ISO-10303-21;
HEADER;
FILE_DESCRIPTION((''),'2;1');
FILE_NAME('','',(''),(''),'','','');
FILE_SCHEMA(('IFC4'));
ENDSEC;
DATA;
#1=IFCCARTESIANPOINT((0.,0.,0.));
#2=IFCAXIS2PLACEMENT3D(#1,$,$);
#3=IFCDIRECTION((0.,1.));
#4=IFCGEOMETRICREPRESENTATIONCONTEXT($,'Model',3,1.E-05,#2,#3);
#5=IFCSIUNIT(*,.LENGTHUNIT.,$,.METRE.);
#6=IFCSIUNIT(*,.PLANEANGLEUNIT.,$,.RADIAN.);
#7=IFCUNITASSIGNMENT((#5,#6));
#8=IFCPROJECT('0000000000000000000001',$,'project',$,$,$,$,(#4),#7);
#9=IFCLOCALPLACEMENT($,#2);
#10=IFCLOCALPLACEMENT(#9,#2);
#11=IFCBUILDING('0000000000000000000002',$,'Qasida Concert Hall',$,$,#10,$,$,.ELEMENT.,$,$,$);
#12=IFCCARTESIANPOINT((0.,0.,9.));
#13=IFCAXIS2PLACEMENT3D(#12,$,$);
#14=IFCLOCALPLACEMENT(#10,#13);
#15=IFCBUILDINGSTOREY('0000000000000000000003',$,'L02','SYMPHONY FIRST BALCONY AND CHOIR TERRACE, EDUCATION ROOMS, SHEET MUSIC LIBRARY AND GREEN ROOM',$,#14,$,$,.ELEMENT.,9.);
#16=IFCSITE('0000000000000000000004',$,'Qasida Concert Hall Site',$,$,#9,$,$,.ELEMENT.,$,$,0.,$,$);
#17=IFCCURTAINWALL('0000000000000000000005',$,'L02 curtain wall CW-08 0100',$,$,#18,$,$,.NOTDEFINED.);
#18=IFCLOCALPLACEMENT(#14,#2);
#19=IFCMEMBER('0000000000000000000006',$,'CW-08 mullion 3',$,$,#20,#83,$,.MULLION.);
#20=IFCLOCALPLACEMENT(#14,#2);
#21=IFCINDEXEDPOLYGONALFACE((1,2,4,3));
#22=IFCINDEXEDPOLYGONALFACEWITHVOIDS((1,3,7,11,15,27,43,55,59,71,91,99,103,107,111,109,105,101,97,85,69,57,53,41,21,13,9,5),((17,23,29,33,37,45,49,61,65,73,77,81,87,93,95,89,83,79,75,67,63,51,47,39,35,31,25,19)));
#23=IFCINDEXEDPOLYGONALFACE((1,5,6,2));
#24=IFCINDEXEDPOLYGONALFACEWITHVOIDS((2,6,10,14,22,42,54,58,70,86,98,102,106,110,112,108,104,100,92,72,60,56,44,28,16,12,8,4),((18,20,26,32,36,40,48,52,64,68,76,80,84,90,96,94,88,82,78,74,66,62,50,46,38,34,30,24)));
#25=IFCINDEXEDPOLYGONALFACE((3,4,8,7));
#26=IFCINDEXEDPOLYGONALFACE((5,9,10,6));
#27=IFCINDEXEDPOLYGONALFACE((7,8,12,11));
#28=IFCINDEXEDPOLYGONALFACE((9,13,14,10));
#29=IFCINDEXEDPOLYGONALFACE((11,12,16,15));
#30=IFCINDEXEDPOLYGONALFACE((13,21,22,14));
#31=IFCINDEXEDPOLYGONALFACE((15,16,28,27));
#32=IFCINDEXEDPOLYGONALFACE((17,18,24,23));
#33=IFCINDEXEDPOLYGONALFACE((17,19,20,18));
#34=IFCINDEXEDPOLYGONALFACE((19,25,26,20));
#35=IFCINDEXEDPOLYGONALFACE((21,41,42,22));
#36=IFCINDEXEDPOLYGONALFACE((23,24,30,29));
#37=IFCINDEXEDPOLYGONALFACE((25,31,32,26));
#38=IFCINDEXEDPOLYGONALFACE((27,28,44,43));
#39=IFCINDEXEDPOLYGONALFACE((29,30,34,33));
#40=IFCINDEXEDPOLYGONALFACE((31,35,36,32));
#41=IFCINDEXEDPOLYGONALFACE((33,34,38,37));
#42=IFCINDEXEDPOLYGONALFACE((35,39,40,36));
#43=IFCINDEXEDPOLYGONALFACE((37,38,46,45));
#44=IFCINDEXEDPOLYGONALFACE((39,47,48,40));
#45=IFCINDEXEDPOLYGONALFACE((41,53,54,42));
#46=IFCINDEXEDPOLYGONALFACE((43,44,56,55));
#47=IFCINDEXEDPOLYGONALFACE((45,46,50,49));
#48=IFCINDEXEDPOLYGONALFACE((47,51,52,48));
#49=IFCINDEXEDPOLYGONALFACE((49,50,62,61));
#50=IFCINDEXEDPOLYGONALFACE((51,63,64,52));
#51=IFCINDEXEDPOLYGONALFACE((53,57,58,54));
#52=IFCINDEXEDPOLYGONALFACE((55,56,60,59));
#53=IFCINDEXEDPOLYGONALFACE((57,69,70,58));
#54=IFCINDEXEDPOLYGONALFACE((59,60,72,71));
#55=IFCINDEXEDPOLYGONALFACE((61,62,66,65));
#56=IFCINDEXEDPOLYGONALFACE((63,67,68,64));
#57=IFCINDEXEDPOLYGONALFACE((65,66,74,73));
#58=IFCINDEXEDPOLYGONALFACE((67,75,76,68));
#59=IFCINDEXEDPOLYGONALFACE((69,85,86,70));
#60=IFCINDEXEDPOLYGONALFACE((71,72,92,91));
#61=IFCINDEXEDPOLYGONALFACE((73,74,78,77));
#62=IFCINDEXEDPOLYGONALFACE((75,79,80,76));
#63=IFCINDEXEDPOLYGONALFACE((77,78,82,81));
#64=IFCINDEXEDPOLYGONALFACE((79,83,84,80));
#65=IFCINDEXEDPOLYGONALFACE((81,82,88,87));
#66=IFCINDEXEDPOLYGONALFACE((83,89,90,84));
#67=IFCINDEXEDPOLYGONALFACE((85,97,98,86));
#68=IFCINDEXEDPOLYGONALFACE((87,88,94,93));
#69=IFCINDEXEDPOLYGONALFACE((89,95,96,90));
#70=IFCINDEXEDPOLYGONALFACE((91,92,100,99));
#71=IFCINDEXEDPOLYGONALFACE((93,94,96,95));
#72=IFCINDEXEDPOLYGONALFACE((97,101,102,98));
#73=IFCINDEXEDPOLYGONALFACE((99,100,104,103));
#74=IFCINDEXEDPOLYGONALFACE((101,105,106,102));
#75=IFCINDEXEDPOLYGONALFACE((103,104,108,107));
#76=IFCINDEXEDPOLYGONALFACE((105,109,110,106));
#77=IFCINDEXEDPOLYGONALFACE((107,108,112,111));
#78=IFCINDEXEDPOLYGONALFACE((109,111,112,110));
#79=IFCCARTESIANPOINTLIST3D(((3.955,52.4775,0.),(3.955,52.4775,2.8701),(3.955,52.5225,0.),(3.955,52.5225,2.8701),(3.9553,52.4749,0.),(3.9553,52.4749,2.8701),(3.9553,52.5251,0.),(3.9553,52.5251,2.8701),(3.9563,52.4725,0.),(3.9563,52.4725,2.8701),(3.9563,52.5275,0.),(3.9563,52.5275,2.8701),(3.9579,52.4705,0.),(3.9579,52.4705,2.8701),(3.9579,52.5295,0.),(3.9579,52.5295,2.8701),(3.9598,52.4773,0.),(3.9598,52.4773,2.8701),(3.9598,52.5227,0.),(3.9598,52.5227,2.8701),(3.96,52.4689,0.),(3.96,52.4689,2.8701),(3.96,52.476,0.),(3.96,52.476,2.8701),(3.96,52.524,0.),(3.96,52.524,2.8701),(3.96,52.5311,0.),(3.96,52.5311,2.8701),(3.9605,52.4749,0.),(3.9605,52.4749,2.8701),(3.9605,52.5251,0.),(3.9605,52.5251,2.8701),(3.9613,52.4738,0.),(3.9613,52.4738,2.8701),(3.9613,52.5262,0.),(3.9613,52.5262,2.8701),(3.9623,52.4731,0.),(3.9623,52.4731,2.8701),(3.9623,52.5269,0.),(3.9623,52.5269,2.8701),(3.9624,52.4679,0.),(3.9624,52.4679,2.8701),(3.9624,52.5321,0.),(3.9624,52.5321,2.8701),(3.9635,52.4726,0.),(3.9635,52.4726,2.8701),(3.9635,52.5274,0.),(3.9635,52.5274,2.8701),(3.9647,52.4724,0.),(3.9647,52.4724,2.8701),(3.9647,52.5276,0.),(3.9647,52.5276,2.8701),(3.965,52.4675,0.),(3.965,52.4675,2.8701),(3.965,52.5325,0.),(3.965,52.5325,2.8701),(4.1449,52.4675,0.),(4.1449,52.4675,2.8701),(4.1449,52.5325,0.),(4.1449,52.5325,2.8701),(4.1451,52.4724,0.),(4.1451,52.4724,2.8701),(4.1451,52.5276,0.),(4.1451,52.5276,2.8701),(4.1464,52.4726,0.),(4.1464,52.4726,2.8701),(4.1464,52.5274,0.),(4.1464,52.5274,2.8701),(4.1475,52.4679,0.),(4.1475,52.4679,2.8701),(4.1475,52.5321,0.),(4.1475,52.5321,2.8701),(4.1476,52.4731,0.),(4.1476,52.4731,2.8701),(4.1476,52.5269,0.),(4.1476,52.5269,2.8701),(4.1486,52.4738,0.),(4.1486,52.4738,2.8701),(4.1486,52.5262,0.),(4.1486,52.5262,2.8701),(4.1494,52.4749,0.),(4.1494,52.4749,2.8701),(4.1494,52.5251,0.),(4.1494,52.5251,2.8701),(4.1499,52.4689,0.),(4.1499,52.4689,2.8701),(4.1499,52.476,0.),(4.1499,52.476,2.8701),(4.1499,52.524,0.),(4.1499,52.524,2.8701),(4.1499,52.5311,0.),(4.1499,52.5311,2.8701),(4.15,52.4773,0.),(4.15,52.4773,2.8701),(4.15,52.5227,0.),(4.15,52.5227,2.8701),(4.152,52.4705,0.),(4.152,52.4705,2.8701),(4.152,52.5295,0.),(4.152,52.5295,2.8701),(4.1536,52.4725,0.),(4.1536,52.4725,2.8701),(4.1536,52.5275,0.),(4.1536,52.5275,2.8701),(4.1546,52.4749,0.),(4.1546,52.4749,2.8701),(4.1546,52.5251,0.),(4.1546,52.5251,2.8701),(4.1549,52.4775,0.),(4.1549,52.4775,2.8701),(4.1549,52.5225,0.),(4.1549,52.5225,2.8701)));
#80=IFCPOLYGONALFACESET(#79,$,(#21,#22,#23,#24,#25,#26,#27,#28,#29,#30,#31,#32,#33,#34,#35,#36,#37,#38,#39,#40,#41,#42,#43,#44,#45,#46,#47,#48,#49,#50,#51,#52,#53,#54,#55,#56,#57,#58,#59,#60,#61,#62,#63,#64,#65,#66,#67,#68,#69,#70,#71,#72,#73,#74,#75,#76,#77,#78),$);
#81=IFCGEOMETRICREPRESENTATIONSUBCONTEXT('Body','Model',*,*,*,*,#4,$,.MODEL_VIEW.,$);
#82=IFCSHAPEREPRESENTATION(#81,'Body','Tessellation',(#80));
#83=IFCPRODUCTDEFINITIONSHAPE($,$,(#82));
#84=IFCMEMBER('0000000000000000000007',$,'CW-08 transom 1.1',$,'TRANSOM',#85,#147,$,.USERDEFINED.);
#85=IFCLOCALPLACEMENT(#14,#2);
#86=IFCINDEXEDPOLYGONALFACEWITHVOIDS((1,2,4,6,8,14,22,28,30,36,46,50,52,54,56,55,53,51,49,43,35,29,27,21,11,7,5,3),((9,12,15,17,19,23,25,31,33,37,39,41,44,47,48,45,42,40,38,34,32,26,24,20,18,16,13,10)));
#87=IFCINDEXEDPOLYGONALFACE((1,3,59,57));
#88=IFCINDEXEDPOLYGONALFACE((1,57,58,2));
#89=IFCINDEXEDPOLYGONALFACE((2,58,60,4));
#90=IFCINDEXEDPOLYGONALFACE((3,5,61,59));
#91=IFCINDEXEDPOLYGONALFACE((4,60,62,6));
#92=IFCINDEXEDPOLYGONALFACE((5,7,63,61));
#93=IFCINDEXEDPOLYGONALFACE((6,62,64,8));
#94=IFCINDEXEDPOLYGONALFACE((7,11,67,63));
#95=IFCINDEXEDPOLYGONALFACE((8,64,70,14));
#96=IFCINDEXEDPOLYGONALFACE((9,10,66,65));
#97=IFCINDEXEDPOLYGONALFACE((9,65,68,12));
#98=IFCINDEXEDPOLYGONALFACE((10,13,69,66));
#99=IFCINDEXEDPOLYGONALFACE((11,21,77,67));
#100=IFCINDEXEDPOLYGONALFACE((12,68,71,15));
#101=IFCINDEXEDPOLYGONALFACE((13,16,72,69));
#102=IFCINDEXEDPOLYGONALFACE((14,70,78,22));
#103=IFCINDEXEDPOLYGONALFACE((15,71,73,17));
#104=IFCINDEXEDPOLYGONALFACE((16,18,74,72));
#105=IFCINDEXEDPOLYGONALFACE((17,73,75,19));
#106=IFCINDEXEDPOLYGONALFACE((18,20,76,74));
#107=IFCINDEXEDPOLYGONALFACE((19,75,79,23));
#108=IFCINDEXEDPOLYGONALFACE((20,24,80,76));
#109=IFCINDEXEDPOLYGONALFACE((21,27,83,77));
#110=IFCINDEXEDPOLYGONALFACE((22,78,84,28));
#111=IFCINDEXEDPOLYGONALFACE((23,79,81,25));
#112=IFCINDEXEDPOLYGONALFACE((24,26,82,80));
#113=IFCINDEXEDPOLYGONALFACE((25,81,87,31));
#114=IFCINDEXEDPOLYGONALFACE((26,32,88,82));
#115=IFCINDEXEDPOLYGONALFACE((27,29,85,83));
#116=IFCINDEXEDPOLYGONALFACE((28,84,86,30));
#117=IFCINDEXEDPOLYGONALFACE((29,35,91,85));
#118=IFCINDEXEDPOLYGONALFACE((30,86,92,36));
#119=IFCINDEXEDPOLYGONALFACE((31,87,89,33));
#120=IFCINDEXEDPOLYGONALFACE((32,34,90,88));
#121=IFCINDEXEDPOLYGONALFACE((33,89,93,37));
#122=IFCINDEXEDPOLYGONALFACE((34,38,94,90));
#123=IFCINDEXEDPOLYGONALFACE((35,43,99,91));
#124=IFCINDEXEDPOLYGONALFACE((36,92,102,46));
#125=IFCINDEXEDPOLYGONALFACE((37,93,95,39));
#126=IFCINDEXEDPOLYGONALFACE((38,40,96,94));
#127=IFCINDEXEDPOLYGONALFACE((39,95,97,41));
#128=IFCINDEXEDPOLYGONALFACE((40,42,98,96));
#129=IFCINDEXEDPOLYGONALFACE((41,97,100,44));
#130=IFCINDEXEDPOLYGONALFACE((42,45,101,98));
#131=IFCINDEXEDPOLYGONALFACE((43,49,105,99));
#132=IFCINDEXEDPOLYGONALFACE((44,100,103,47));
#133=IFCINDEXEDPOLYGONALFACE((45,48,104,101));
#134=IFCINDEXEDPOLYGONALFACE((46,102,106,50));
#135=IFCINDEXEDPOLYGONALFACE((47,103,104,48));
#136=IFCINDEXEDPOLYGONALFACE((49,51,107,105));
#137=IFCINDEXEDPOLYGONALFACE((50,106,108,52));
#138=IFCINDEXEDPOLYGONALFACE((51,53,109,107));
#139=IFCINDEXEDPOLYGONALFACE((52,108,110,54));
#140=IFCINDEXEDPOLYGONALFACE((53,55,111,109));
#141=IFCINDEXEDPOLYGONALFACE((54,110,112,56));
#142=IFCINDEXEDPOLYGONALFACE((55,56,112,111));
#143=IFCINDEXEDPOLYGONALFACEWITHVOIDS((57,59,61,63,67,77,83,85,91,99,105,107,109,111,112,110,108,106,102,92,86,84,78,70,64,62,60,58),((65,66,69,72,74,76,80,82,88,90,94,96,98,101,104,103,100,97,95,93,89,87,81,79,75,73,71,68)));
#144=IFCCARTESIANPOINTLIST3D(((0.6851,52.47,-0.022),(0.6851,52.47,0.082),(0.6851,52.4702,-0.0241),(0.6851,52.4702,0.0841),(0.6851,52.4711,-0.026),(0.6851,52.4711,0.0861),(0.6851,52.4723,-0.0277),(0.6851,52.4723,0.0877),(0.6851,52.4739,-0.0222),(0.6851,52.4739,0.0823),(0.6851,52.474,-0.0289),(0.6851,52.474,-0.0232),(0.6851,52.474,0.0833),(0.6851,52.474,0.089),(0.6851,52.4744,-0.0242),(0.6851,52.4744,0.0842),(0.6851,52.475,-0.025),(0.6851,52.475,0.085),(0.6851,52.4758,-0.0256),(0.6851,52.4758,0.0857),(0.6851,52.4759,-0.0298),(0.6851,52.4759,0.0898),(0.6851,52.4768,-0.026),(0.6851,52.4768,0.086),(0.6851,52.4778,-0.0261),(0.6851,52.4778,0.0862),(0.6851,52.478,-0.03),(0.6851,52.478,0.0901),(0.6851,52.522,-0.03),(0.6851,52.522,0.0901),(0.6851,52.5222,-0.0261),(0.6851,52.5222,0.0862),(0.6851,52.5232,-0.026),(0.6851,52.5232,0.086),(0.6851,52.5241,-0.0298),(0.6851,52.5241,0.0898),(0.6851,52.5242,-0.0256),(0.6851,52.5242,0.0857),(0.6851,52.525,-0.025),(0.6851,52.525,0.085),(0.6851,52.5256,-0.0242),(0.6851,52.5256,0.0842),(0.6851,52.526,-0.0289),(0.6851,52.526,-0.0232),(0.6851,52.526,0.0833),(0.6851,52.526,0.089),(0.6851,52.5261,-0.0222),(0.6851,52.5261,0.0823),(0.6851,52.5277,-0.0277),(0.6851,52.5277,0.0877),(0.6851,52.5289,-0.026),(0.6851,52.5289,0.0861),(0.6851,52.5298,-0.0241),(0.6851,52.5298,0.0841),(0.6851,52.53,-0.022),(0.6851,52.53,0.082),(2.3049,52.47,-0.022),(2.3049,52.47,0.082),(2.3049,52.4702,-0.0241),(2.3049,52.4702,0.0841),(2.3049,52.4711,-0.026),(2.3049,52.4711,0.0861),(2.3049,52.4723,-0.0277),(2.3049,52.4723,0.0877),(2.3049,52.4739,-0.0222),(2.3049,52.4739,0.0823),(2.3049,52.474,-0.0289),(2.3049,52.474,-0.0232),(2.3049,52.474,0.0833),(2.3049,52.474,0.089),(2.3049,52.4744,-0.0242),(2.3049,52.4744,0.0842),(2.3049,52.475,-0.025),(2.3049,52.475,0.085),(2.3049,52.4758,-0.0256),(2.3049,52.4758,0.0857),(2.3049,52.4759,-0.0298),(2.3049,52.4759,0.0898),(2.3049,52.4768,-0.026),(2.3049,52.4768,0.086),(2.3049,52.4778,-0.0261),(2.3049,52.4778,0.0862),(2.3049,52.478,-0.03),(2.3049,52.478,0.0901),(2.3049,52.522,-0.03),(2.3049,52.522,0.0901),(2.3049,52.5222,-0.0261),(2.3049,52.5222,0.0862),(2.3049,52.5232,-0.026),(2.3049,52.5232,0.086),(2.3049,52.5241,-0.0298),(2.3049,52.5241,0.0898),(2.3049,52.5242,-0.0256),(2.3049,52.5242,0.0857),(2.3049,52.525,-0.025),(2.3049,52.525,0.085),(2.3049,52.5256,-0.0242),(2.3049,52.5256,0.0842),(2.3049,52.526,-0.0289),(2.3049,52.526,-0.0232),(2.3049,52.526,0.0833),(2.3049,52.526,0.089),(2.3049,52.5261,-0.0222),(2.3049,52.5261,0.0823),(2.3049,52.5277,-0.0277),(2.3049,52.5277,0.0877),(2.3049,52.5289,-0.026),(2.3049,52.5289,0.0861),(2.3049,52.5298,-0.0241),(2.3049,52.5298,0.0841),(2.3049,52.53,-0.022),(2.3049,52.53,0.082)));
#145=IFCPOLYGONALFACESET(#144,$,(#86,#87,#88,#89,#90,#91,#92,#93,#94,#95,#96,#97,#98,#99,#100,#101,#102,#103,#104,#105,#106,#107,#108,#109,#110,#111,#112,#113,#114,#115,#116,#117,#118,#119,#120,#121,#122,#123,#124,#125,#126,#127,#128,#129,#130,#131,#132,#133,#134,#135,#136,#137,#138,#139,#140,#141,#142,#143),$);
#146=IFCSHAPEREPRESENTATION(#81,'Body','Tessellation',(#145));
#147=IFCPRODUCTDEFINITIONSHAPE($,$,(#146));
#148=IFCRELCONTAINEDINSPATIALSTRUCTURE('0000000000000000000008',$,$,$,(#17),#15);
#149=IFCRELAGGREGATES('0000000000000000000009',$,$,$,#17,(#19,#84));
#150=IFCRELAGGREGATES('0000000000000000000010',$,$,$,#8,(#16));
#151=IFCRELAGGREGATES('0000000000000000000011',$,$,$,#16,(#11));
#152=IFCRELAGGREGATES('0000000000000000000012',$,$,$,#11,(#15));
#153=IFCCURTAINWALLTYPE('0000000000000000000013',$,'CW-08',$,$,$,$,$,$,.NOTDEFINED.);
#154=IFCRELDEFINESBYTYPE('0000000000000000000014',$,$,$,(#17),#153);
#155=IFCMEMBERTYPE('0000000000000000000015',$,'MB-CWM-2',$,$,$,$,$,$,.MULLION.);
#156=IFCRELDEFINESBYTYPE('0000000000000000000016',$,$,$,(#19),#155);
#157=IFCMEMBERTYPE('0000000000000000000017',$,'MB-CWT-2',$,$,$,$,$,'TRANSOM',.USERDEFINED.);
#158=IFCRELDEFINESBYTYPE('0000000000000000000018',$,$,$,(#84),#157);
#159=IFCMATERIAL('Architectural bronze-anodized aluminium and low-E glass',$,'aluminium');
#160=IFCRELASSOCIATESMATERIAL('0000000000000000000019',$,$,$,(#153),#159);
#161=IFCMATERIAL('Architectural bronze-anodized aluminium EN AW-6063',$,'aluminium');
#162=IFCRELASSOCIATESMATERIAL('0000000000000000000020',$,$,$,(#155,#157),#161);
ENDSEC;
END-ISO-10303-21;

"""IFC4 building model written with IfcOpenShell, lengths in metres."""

from ifc_helpers import new_model, si_unit, direction, frame, origin, origin_2d, place, context, subcontext, project, spatial, hollow_rectangle, extrude, material, material_profile, profile_set, type_object, element, aggregate, save


model = new_model("IFC4")

# Units and contexts
model_context = context("Model", 3, precision=1e-05, world=origin(), true_north=direction((0.0, 1.0)))
body_context = subcontext(model_context, "Body", "Model", "MODEL_VIEW")
ifc_project = project(units=[si_unit("LENGTHUNIT", "METRE"), si_unit("PLANEANGLEUNIT", "RADIAN")], contexts=[model_context])

# Site, building, storey
site_placement = place(None, origin())
site = spatial("IfcSite", under=ifc_project, at=site_placement, Name="Qasida Concert Hall Site", CompositionType="ELEMENT", RefElevation=0.0)
building_placement = place(site_placement, origin())
building = spatial("IfcBuilding", under=site, at=building_placement, Name="Qasida Concert Hall", CompositionType="ELEMENT")
storey_placement = place(building_placement, frame((0.0, 0.0, 9.0)))
storey = spatial("IfcBuildingStorey", under=building, at=storey_placement, Name="L02", Description="SYMPHONY FIRST BALCONY AND CHOIR TERRACE, EDUCATION ROOMS, SHEET MUSIC LIBRARY AND GREEN ROOM", CompositionType="ELEMENT", Elevation=9.0)

# Curtain wall, members
ifc_material_1 = material(Name="Architectural bronze-anodized aluminium and low-E glass", Category="aluminium")
curtain_wall_type = type_object("IfcCurtainWallType", Name="CW-08", PredefinedType="NOTDEFINED", material=ifc_material_1)
curtain_wall_placement = place(storey_placement, origin())
curtain_wall = element("IfcCurtainWall", 1, at=curtain_wall_placement, inside=storey, type_object=curtain_wall_type, Name="L02 curtain wall CW-08 0100", PredefinedType="NOTDEFINED")
ifc_material_2 = material(Name="Architectural bronze-anodized aluminium EN AW-6063", Category="aluminium")
ifc_material_profile_1 = material_profile(ifc_material_2, hollow_rectangle(XDim=0.0649, YDim=0.2, WallThickness=0.0049, InnerFilletRadius=0.0049, OuterFilletRadius=0.01, at=origin_2d()), Name="CWM 200x65x5")
ifc_profile_set_1 = profile_set([ifc_material_profile_1], Name="Architectural bronze-anodized aluminium EN AW-6063")
member_type_1 = type_object("IfcMemberType", Name="MB-CWM-2", PredefinedType="MULLION", material=ifc_profile_set_1)
member_1_placement = place(storey_placement, frame((4.0549, 52.5, 0.0), z_axis=(0.0, 0.0, 1.0), x_axis=(0.0, 1.0, 0.0)))
member_1 = element("IfcMember", 2, at=member_1_placement, type_object=member_type_1, Name="CW-08 mullion 3", PredefinedType="MULLION", context=body_context, shape_type="SweptSolid", body=[
    extrude(hollow_rectangle(XDim=0.0649, YDim=0.2, WallThickness=0.0049, InnerFilletRadius=0.0049, OuterFilletRadius=0.01, at=origin_2d()), origin(), (0.0, 0.0, 1.0), 2.8701),
])
ifc_material_profile_2 = material_profile(ifc_material_2, hollow_rectangle(XDim=0.0601, YDim=0.1201, WallThickness=0.0039, InnerFilletRadius=0.0039, OuterFilletRadius=0.0081, at=origin_2d()), Name="CWT 120x60x4")
ifc_profile_set_2 = profile_set([ifc_material_profile_2], Name="Architectural bronze-anodized aluminium EN AW-6063")
member_type_2 = type_object("IfcMemberType", Name="MB-CWT-2", ElementType="TRANSOM", PredefinedType="USERDEFINED", material=ifc_profile_set_2)
member_2_placement = place(storey_placement, frame((0.6851, 52.5, 0.03), z_axis=(1.0, 0.0, 0.0), x_axis=(0.0, 1.0, 0.0)))
member_2 = element("IfcMember", 3, at=member_2_placement, type_object=member_type_2, Name="CW-08 transom 1.1", ObjectType="TRANSOM", PredefinedType="USERDEFINED", context=body_context, shape_type="SweptSolid", body=[
    extrude(hollow_rectangle(XDim=0.0601, YDim=0.1201, WallThickness=0.0039, InnerFilletRadius=0.0039, OuterFilletRadius=0.0081, at=origin_2d()), origin(), (0.0, 0.0, 1.0), 1.6199),
])
aggregate(curtain_wall, [member_1, member_2])

save(model, "model.ifc")
